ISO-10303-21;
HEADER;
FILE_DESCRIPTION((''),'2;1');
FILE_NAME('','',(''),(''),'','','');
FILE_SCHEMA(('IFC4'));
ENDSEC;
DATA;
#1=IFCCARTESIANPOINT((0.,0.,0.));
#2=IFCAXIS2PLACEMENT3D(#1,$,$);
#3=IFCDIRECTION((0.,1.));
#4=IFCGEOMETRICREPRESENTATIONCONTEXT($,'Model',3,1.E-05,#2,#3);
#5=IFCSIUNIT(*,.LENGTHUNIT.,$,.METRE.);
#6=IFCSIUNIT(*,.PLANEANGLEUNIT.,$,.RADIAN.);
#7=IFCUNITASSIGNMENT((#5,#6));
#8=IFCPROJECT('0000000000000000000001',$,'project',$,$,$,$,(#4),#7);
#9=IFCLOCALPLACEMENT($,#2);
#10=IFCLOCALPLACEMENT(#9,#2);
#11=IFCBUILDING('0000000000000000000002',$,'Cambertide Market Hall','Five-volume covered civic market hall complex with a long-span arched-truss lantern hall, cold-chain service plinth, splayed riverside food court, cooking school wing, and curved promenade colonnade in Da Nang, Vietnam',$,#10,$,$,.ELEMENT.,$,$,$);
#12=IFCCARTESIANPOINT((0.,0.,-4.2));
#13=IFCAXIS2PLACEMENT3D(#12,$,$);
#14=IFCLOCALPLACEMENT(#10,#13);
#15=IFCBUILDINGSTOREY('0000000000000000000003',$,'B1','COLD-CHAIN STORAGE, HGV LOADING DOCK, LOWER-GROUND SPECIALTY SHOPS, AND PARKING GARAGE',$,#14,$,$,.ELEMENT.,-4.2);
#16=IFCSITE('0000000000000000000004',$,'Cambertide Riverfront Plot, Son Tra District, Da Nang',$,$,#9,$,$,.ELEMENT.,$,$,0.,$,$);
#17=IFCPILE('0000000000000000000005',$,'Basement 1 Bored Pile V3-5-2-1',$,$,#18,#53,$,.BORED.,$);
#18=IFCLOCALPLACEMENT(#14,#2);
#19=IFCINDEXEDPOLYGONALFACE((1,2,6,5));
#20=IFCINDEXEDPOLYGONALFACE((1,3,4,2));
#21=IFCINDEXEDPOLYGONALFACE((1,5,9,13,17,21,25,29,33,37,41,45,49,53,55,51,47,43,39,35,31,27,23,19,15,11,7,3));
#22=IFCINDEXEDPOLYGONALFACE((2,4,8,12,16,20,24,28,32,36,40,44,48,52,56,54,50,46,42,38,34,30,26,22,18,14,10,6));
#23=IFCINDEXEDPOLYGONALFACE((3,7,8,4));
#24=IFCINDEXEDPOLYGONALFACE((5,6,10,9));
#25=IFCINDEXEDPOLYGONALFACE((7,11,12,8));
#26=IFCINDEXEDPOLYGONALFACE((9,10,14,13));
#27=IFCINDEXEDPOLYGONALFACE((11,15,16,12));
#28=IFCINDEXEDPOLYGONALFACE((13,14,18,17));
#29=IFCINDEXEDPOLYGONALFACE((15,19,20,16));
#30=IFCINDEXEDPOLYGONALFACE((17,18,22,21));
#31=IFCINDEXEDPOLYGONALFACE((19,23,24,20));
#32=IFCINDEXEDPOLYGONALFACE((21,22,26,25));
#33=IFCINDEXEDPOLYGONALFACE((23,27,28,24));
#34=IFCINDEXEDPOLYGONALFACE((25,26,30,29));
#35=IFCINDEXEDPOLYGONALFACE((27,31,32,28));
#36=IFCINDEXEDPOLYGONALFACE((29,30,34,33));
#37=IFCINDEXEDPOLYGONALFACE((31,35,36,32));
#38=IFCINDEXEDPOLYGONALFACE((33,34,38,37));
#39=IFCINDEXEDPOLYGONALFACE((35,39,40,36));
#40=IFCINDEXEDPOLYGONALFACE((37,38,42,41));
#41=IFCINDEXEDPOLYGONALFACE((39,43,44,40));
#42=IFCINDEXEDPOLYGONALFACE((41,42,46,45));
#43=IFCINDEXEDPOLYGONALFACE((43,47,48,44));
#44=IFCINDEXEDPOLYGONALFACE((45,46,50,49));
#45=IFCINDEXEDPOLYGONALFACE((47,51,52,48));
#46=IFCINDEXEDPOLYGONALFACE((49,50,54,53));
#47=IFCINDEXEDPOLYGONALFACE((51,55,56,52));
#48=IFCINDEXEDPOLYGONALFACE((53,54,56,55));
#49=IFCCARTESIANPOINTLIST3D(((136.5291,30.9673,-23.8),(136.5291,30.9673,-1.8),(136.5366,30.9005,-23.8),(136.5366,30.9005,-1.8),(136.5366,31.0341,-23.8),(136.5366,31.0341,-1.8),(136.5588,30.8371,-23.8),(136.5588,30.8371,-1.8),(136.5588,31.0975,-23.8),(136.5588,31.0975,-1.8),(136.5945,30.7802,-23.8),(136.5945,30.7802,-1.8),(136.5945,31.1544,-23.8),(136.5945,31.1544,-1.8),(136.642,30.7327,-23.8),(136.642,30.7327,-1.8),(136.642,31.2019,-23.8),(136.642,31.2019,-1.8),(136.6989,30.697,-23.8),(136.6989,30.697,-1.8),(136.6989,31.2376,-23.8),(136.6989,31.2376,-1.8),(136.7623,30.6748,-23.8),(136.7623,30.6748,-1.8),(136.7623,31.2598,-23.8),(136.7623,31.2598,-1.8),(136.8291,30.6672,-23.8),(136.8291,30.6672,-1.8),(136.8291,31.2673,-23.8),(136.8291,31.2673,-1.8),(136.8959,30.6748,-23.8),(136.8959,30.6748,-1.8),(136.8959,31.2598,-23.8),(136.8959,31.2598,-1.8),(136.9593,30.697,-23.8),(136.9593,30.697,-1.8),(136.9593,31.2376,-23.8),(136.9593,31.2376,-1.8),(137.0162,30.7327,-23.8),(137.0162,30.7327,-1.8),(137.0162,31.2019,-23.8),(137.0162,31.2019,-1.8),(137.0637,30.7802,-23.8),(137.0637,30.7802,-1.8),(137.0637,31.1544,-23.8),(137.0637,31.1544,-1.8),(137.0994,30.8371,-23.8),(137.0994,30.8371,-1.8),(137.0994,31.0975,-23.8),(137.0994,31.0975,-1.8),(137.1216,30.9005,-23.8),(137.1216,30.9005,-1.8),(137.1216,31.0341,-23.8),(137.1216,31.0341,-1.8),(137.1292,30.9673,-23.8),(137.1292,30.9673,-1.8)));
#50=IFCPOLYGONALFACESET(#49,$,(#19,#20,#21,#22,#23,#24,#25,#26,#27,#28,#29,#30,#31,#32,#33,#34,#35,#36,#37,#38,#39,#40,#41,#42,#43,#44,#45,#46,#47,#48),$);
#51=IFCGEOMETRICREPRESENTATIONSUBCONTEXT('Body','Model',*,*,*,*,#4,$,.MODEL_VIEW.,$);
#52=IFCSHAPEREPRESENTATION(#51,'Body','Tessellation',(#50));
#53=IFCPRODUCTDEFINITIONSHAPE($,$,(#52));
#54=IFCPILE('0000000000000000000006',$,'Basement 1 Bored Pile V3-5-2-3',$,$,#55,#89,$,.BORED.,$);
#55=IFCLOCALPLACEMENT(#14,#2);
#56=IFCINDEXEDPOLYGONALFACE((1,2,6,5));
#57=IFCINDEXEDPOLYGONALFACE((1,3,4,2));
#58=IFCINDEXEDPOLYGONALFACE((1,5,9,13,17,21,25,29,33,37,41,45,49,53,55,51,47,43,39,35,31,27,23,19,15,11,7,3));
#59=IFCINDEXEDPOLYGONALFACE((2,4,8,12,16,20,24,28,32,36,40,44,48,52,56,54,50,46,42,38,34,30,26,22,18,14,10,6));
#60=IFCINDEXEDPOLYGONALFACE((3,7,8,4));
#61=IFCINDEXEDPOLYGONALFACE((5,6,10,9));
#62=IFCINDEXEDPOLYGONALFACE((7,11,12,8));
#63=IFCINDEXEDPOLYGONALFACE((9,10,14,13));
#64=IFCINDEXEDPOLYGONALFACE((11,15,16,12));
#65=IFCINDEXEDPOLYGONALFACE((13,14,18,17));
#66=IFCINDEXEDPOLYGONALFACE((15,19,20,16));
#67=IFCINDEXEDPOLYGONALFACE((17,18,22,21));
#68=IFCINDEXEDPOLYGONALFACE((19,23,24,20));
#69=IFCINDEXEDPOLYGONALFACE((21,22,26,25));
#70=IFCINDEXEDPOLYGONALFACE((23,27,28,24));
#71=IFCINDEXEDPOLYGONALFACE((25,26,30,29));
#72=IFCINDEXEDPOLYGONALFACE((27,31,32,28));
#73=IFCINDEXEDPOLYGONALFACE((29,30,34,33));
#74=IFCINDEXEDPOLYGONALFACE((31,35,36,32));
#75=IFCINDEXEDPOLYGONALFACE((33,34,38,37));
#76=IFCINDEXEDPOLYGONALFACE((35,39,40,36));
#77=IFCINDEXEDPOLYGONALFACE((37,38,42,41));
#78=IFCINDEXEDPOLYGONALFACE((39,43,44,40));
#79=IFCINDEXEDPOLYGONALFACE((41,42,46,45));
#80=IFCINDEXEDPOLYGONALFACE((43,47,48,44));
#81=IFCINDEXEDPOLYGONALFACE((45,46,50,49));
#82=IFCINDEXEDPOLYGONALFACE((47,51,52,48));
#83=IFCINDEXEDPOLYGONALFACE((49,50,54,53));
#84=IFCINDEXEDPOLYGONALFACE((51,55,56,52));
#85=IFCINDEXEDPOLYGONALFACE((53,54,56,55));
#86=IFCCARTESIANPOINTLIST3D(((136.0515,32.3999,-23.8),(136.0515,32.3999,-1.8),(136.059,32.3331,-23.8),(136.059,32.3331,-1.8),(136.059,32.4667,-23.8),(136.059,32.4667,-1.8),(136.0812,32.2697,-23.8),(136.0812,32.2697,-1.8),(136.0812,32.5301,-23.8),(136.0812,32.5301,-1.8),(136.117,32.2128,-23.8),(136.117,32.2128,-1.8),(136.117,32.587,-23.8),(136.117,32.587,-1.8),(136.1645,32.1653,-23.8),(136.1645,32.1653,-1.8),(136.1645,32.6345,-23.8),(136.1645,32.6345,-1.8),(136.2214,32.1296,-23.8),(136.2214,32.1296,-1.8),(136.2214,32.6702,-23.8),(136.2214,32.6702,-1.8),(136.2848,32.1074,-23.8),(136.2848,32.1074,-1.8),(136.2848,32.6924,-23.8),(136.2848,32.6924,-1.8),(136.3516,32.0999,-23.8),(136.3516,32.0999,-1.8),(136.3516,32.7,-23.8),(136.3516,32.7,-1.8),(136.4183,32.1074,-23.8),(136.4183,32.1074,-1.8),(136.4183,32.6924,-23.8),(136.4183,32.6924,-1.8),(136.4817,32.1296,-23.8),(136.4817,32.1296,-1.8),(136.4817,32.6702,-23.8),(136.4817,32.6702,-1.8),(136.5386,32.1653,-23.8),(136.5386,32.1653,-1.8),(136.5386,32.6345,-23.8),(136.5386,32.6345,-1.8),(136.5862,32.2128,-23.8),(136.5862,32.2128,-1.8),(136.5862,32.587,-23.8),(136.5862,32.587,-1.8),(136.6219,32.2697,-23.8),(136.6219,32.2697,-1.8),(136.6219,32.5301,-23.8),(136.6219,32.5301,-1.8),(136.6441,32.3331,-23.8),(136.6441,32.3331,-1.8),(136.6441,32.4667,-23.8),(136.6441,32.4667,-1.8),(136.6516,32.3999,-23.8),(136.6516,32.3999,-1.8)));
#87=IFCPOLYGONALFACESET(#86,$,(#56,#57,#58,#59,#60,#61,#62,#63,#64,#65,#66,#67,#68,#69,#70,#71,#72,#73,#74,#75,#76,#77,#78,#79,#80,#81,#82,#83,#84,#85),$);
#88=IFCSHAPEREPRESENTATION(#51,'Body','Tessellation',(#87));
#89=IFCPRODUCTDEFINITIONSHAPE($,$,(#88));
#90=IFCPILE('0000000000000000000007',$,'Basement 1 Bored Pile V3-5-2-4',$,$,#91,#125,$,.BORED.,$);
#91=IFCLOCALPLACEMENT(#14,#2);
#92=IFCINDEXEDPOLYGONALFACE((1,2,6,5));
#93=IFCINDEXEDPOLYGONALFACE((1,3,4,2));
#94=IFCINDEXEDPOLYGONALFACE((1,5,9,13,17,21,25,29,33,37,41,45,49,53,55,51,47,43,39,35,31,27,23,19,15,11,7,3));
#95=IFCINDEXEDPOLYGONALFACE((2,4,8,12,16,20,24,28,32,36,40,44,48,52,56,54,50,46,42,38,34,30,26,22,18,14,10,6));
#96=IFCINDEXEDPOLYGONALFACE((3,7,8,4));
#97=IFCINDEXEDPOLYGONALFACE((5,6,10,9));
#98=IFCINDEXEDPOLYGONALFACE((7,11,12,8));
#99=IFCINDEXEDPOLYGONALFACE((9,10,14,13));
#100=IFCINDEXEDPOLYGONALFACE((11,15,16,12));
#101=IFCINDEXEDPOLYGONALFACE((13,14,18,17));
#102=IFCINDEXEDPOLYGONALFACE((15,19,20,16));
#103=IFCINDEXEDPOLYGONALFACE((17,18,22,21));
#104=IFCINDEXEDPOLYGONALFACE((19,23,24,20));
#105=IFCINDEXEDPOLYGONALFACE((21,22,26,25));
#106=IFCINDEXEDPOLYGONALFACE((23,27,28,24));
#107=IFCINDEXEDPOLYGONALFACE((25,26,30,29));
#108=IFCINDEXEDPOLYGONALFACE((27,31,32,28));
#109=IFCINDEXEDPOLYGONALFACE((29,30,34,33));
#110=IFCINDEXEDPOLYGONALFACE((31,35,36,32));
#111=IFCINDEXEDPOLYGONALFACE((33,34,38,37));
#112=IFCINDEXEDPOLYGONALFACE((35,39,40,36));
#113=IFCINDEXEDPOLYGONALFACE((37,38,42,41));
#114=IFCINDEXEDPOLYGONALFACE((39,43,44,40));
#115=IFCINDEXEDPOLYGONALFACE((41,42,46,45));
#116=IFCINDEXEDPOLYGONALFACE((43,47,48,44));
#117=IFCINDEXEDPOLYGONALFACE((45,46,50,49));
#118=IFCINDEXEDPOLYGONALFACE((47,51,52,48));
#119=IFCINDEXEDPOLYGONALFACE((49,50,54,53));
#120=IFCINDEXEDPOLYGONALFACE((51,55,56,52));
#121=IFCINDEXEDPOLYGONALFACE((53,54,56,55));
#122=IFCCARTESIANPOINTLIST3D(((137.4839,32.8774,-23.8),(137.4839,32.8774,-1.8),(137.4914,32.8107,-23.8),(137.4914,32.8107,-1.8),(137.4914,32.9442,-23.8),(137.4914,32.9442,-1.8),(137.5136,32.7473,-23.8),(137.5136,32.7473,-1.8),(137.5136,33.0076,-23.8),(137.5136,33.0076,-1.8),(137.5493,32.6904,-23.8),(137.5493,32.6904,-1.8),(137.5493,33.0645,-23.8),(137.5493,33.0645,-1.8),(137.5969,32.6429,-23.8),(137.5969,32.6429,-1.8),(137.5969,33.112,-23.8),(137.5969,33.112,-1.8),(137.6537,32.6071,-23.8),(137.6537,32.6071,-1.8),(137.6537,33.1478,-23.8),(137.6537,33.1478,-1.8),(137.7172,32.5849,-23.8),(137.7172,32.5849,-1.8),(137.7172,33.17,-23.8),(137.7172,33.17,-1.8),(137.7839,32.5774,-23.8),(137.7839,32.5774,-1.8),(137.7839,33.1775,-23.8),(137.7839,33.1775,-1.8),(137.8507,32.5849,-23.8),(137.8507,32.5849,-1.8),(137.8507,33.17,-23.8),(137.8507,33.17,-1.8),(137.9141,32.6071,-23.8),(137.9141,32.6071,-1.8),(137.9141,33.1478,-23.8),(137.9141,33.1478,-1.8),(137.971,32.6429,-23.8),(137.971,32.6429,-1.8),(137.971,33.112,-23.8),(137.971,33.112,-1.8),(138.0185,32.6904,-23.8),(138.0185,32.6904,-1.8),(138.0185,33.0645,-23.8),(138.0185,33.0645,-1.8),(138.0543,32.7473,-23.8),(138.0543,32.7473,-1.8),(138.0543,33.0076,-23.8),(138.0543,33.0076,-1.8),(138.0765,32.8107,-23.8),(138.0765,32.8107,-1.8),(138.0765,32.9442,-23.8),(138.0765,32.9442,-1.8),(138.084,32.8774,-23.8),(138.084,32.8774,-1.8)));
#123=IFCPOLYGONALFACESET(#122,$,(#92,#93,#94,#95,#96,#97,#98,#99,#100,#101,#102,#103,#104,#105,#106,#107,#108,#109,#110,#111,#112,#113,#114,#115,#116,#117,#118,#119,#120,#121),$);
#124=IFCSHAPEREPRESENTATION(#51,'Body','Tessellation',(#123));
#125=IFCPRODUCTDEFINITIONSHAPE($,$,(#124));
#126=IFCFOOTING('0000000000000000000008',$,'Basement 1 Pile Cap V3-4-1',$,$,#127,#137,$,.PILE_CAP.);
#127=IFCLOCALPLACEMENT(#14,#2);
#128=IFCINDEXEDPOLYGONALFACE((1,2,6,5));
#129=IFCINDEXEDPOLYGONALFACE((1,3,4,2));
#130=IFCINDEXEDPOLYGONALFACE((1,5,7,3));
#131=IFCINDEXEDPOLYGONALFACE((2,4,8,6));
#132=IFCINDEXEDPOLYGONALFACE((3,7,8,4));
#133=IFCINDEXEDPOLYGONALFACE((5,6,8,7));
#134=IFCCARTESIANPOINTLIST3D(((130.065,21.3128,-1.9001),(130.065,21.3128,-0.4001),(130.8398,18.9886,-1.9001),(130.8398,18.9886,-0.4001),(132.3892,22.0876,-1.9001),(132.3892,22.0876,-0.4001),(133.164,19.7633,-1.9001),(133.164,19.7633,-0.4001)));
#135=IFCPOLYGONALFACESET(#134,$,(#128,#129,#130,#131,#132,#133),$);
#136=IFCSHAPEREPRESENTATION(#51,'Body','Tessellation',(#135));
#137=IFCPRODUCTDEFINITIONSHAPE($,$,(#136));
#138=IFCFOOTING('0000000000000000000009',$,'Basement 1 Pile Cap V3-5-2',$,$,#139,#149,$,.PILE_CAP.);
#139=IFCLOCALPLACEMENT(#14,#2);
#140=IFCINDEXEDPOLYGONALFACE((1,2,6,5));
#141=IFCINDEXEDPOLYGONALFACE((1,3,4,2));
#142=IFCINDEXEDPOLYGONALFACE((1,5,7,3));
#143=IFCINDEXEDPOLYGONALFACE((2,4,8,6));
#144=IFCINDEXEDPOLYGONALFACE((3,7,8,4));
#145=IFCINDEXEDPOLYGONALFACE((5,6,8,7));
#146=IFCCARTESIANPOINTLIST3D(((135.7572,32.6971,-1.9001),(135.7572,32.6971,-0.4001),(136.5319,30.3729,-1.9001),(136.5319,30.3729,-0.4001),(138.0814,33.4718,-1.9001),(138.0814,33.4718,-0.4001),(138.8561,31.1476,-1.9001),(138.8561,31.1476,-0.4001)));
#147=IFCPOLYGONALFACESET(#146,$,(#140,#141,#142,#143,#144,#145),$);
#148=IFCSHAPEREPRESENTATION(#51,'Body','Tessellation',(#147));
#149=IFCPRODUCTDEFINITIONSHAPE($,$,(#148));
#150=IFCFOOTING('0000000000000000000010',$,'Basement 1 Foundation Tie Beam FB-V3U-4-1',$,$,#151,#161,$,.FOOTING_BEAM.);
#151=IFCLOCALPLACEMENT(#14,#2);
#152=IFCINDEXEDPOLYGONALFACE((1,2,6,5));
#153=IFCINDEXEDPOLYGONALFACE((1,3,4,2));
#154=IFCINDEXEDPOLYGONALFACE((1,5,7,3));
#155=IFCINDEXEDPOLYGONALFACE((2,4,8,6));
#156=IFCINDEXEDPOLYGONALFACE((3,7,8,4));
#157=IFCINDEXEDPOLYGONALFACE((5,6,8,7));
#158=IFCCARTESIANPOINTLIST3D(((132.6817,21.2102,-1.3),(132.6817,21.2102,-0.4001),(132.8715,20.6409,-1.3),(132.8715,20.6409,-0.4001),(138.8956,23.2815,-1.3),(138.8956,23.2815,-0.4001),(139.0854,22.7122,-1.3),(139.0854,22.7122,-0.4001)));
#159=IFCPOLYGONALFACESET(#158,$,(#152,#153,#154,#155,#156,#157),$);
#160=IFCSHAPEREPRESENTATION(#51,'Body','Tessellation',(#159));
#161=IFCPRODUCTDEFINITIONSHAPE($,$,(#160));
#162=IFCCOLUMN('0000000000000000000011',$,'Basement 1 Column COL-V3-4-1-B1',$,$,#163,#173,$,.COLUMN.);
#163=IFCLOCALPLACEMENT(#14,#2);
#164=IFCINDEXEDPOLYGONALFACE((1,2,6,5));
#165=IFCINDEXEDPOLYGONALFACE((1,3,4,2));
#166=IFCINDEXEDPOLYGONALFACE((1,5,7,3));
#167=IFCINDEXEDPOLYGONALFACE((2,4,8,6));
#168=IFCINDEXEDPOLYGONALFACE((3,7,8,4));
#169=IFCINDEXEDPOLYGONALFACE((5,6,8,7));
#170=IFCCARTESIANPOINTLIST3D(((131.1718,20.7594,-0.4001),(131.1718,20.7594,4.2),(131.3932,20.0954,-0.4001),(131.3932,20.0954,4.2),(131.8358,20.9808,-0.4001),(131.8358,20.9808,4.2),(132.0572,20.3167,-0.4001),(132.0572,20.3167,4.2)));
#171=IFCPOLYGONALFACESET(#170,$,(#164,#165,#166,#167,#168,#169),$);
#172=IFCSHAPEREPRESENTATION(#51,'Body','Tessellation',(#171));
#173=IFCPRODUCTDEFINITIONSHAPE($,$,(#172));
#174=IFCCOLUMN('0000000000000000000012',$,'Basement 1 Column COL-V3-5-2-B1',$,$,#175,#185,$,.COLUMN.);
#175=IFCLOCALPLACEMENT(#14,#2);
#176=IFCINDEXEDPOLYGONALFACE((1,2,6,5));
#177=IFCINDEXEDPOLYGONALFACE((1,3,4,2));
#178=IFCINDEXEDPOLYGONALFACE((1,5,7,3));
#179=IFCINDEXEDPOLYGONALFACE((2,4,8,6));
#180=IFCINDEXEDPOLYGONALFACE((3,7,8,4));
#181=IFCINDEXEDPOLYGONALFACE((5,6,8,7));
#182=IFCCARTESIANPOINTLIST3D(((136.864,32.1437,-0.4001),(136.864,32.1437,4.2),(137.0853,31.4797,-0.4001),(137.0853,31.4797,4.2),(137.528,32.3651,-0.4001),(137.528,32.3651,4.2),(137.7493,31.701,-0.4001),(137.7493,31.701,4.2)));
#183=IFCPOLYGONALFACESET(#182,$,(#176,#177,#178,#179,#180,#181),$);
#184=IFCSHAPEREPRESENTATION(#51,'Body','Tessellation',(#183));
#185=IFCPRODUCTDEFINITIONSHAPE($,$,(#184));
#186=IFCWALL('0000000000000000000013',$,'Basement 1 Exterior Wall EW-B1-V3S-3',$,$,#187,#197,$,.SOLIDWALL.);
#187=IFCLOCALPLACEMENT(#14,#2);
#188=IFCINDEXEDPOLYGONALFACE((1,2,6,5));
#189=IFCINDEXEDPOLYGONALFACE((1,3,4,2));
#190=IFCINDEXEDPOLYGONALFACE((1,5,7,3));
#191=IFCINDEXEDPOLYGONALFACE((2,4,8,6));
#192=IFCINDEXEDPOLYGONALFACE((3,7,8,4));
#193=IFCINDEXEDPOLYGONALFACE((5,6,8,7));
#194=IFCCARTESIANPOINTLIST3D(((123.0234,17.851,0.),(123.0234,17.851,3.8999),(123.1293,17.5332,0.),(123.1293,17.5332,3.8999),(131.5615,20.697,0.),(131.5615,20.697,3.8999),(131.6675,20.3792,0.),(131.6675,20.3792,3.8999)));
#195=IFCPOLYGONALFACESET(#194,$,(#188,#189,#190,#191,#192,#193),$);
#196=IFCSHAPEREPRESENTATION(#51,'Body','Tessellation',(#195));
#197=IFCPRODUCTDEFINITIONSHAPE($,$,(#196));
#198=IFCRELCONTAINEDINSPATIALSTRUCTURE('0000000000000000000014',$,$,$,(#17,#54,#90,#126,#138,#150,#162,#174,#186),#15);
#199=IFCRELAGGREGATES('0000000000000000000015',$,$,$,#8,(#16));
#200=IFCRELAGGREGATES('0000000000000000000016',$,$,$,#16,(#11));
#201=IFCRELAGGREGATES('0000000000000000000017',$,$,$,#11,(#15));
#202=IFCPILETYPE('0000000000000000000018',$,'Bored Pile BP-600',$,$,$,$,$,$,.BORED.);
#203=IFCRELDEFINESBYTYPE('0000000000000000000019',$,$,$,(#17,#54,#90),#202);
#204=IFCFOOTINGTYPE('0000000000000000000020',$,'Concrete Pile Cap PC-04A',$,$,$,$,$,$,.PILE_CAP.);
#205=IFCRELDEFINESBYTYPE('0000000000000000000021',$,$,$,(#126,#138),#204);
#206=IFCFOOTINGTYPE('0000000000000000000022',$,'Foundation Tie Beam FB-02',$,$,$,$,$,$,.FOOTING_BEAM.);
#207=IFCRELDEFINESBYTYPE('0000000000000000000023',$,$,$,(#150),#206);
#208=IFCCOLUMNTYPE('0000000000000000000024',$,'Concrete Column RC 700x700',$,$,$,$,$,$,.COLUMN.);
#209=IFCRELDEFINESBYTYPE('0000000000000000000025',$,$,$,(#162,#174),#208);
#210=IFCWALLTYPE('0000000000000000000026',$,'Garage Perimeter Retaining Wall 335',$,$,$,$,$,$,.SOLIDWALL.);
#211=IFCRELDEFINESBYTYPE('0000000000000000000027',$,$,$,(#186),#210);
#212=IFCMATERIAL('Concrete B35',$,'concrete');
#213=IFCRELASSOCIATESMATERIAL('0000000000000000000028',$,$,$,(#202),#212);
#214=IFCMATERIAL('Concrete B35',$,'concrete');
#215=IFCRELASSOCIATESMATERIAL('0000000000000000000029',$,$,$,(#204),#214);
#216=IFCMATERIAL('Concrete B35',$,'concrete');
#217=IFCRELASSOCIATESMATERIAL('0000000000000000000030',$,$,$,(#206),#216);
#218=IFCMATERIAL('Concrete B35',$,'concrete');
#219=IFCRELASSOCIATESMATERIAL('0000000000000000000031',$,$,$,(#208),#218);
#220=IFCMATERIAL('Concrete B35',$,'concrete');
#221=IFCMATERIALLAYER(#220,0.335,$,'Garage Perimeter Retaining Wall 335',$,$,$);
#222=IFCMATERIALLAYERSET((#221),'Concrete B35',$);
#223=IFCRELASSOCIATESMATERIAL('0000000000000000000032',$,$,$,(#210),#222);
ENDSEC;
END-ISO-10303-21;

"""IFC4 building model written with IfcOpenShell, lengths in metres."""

from ifc_helpers import new_model, si_unit, direction, frame, frame_2d, origin, origin_2d, place, context, subcontext, project, spatial, rectangle, circle, extrude, material, layer, layer_set, material_profile, profile_set, type_object, element, save


model = new_model("IFC4")

# Units and contexts
model_context = context("Model", 3, precision=1e-05, world=origin(), true_north=direction((0.0, 1.0)))
body_context = subcontext(model_context, "Body", "Model", "MODEL_VIEW")
ifc_project = project(units=[si_unit("LENGTHUNIT", "METRE"), si_unit("PLANEANGLEUNIT", "RADIAN")], contexts=[model_context])

# Site, building, storey
site_placement = place(None, origin())
site = spatial("IfcSite", under=ifc_project, at=site_placement, Name="Cambertide Riverfront Plot, Son Tra District, Da Nang", CompositionType="ELEMENT", RefElevation=0.0)
building_placement = place(site_placement, origin())
building = spatial("IfcBuilding", under=site, at=building_placement, Name="Cambertide Market Hall", Description="Five-volume covered civic market hall complex with a long-span arched-truss lantern hall, cold-chain service plinth, splayed riverside food court, cooking school wing, and curved promenade colonnade in Da Nang, Vietnam", CompositionType="ELEMENT")
storey_placement = place(building_placement, frame((0.0, 0.0, -4.2)))
storey = spatial("IfcBuildingStorey", under=building, at=storey_placement, Name="B1", Description="COLD-CHAIN STORAGE, HGV LOADING DOCK, LOWER-GROUND SPECIALTY SHOPS, AND PARKING GARAGE", CompositionType="ELEMENT", Elevation=-4.2)

# Piles
ifc_material_1 = material(Name="Concrete B35", Category="concrete")
ifc_material_profile_1 = material_profile(ifc_material_1, circle(Radius=0.3, at=origin_2d()), Name="BP D600")
ifc_profile_set_1 = profile_set([ifc_material_profile_1], Name="Concrete B35")
pile_type = type_object("IfcPileType", Name="Bored Pile BP-600", PredefinedType="BORED", material=ifc_profile_set_1)
for number, where, z_axis, x_axis, name in (
    (1, (136.8291, 30.9673, -1.8), (0.0, 0.0, -1.0), (1.0, 0.0, 0.0), "Basement 1 Bored Pile V3-5-2-1"),
    (2, (136.3516, 32.3999, -1.8), (0.0, 0.0, -1.0), (1.0, 0.0, 0.0), "Basement 1 Bored Pile V3-5-2-3"),
    (3, (137.7839, 32.8774, -1.8), (0.0, 0.0, -1.0), (1.0, 0.0, 0.0), "Basement 1 Bored Pile V3-5-2-4"),
):
    element("IfcPile", number, at=place(storey_placement, frame(where, z_axis=z_axis, x_axis=x_axis)), inside=storey, type_object=pile_type, Name=name, PredefinedType="BORED", context=body_context, shape_type="SweptSolid", body=[
        extrude(circle(Radius=0.3, at=origin_2d()), origin(), (0.0, 0.0, 1.0), 22.0),
    ])

# Footings
ifc_material_2 = material(Name="Concrete B35", Category="concrete")
footing_type_1 = type_object("IfcFootingType", Name="Concrete Pile Cap PC-04A", PredefinedType="PILE_CAP", material=ifc_material_2)
for number, where, z_axis, x_axis, name in (
    (4, (131.6145, 20.5381, -1.9001), (0.0, 0.0, 1.0), (0.948683, 0.316228, 0.0), "Basement 1 Pile Cap V3-4-1"),
    (5, (137.3066, 31.9224, -1.9001), (0.0, 0.0, 1.0), (0.948683, 0.316228, 0.0), "Basement 1 Pile Cap V3-5-2"),
):
    element("IfcFooting", number, at=place(storey_placement, frame(where, z_axis=z_axis, x_axis=x_axis)), inside=storey, type_object=footing_type_1, Name=name, PredefinedType="PILE_CAP", context=body_context, shape_type="SweptSolid", body=[
        extrude(rectangle(XDim=2.45, YDim=2.45, at=origin_2d()), origin(), (0.0, 0.0, 1.0), 1.5),
    ])
ifc_material_3 = material(Name="Concrete B35", Category="concrete")
footing_type_2 = type_object("IfcFootingType", Name="Foundation Tie Beam FB-02", PredefinedType="FOOTING_BEAM", material=ifc_material_3)
footing_placement = place(storey_placement, frame((135.8835, 21.9612, -1.3), z_axis=(0.0, 0.0, 1.0), x_axis=(0.948683, 0.316228, 0.0)))
element("IfcFooting", 6, at=footing_placement, inside=storey, type_object=footing_type_2, Name="Basement 1 Foundation Tie Beam FB-V3U-4-1", PredefinedType="FOOTING_BEAM", context=body_context, shape_type="SweptSolid", body=[
    extrude(rectangle(XDim=6.55, YDim=0.6001, at=origin_2d()), origin(), (0.0, 0.0, 1.0), 0.8999),
])

# Columns
ifc_material_4 = material(Name="Concrete B35", Category="concrete")
ifc_material_profile_2 = material_profile(ifc_material_4, rectangle(XDim=0.7, YDim=0.7, at=origin_2d()), Name="RC 700x700")
ifc_profile_set_2 = profile_set([ifc_material_profile_2], Name="Concrete B35")
column_type = type_object("IfcColumnType", Name="Concrete Column RC 700x700", PredefinedType="COLUMN", material=ifc_profile_set_2)
for number, where, z_axis, x_axis, name in (
    (7, (131.6145, 20.5381, -0.4001), (0.0, 0.0, 1.0), (0.948683, 0.316228, 0.0), "Basement 1 Column COL-V3-4-1-B1"),
    (8, (137.3066, 31.9224, -0.4001), (0.0, 0.0, 1.0), (0.948683, 0.316228, 0.0), "Basement 1 Column COL-V3-5-2-B1"),
):
    element("IfcColumn", number, at=place(storey_placement, frame(where, z_axis=z_axis, x_axis=x_axis)), inside=storey, type_object=column_type, Name=name, PredefinedType="COLUMN", context=body_context, shape_type="SweptSolid", body=[
        extrude(rectangle(XDim=0.7, YDim=0.7, at=origin_2d()), origin(), (0.0, 0.0, 1.0), 4.6001),
    ])

# Wall
ifc_material_5 = material(Name="Concrete B35", Category="concrete")
ifc_layer_1 = layer(ifc_material_5, 0.335, Name="Garage Perimeter Retaining Wall 335")
ifc_layer_set_1 = layer_set([ifc_layer_1], Name="Concrete B35")
wall_type_1 = type_object("IfcWallType", Name="Garage Perimeter Retaining Wall 335", PredefinedType="SOLIDWALL", material=ifc_layer_set_1)
wall_1_placement = place(storey_placement, frame((131.6145, 20.5381, 0.0), z_axis=(0.0, 0.0, 1.0), x_axis=(-0.948686, -0.31622, 0.0)))
element("IfcWall", 9, at=wall_1_placement, inside=storey, type_object=wall_type_1, Name="Basement 1 Exterior Wall EW-B1-V3S-3", PredefinedType="SOLIDWALL", context=body_context, shape_type="SweptSolid", body=[
    extrude(rectangle(XDim=9.0, YDim=0.335, at=frame_2d((4.5, 0.0))), origin(), (0.0, 0.0, 1.0), 3.8999),
])

save(model, "model.ifc")
